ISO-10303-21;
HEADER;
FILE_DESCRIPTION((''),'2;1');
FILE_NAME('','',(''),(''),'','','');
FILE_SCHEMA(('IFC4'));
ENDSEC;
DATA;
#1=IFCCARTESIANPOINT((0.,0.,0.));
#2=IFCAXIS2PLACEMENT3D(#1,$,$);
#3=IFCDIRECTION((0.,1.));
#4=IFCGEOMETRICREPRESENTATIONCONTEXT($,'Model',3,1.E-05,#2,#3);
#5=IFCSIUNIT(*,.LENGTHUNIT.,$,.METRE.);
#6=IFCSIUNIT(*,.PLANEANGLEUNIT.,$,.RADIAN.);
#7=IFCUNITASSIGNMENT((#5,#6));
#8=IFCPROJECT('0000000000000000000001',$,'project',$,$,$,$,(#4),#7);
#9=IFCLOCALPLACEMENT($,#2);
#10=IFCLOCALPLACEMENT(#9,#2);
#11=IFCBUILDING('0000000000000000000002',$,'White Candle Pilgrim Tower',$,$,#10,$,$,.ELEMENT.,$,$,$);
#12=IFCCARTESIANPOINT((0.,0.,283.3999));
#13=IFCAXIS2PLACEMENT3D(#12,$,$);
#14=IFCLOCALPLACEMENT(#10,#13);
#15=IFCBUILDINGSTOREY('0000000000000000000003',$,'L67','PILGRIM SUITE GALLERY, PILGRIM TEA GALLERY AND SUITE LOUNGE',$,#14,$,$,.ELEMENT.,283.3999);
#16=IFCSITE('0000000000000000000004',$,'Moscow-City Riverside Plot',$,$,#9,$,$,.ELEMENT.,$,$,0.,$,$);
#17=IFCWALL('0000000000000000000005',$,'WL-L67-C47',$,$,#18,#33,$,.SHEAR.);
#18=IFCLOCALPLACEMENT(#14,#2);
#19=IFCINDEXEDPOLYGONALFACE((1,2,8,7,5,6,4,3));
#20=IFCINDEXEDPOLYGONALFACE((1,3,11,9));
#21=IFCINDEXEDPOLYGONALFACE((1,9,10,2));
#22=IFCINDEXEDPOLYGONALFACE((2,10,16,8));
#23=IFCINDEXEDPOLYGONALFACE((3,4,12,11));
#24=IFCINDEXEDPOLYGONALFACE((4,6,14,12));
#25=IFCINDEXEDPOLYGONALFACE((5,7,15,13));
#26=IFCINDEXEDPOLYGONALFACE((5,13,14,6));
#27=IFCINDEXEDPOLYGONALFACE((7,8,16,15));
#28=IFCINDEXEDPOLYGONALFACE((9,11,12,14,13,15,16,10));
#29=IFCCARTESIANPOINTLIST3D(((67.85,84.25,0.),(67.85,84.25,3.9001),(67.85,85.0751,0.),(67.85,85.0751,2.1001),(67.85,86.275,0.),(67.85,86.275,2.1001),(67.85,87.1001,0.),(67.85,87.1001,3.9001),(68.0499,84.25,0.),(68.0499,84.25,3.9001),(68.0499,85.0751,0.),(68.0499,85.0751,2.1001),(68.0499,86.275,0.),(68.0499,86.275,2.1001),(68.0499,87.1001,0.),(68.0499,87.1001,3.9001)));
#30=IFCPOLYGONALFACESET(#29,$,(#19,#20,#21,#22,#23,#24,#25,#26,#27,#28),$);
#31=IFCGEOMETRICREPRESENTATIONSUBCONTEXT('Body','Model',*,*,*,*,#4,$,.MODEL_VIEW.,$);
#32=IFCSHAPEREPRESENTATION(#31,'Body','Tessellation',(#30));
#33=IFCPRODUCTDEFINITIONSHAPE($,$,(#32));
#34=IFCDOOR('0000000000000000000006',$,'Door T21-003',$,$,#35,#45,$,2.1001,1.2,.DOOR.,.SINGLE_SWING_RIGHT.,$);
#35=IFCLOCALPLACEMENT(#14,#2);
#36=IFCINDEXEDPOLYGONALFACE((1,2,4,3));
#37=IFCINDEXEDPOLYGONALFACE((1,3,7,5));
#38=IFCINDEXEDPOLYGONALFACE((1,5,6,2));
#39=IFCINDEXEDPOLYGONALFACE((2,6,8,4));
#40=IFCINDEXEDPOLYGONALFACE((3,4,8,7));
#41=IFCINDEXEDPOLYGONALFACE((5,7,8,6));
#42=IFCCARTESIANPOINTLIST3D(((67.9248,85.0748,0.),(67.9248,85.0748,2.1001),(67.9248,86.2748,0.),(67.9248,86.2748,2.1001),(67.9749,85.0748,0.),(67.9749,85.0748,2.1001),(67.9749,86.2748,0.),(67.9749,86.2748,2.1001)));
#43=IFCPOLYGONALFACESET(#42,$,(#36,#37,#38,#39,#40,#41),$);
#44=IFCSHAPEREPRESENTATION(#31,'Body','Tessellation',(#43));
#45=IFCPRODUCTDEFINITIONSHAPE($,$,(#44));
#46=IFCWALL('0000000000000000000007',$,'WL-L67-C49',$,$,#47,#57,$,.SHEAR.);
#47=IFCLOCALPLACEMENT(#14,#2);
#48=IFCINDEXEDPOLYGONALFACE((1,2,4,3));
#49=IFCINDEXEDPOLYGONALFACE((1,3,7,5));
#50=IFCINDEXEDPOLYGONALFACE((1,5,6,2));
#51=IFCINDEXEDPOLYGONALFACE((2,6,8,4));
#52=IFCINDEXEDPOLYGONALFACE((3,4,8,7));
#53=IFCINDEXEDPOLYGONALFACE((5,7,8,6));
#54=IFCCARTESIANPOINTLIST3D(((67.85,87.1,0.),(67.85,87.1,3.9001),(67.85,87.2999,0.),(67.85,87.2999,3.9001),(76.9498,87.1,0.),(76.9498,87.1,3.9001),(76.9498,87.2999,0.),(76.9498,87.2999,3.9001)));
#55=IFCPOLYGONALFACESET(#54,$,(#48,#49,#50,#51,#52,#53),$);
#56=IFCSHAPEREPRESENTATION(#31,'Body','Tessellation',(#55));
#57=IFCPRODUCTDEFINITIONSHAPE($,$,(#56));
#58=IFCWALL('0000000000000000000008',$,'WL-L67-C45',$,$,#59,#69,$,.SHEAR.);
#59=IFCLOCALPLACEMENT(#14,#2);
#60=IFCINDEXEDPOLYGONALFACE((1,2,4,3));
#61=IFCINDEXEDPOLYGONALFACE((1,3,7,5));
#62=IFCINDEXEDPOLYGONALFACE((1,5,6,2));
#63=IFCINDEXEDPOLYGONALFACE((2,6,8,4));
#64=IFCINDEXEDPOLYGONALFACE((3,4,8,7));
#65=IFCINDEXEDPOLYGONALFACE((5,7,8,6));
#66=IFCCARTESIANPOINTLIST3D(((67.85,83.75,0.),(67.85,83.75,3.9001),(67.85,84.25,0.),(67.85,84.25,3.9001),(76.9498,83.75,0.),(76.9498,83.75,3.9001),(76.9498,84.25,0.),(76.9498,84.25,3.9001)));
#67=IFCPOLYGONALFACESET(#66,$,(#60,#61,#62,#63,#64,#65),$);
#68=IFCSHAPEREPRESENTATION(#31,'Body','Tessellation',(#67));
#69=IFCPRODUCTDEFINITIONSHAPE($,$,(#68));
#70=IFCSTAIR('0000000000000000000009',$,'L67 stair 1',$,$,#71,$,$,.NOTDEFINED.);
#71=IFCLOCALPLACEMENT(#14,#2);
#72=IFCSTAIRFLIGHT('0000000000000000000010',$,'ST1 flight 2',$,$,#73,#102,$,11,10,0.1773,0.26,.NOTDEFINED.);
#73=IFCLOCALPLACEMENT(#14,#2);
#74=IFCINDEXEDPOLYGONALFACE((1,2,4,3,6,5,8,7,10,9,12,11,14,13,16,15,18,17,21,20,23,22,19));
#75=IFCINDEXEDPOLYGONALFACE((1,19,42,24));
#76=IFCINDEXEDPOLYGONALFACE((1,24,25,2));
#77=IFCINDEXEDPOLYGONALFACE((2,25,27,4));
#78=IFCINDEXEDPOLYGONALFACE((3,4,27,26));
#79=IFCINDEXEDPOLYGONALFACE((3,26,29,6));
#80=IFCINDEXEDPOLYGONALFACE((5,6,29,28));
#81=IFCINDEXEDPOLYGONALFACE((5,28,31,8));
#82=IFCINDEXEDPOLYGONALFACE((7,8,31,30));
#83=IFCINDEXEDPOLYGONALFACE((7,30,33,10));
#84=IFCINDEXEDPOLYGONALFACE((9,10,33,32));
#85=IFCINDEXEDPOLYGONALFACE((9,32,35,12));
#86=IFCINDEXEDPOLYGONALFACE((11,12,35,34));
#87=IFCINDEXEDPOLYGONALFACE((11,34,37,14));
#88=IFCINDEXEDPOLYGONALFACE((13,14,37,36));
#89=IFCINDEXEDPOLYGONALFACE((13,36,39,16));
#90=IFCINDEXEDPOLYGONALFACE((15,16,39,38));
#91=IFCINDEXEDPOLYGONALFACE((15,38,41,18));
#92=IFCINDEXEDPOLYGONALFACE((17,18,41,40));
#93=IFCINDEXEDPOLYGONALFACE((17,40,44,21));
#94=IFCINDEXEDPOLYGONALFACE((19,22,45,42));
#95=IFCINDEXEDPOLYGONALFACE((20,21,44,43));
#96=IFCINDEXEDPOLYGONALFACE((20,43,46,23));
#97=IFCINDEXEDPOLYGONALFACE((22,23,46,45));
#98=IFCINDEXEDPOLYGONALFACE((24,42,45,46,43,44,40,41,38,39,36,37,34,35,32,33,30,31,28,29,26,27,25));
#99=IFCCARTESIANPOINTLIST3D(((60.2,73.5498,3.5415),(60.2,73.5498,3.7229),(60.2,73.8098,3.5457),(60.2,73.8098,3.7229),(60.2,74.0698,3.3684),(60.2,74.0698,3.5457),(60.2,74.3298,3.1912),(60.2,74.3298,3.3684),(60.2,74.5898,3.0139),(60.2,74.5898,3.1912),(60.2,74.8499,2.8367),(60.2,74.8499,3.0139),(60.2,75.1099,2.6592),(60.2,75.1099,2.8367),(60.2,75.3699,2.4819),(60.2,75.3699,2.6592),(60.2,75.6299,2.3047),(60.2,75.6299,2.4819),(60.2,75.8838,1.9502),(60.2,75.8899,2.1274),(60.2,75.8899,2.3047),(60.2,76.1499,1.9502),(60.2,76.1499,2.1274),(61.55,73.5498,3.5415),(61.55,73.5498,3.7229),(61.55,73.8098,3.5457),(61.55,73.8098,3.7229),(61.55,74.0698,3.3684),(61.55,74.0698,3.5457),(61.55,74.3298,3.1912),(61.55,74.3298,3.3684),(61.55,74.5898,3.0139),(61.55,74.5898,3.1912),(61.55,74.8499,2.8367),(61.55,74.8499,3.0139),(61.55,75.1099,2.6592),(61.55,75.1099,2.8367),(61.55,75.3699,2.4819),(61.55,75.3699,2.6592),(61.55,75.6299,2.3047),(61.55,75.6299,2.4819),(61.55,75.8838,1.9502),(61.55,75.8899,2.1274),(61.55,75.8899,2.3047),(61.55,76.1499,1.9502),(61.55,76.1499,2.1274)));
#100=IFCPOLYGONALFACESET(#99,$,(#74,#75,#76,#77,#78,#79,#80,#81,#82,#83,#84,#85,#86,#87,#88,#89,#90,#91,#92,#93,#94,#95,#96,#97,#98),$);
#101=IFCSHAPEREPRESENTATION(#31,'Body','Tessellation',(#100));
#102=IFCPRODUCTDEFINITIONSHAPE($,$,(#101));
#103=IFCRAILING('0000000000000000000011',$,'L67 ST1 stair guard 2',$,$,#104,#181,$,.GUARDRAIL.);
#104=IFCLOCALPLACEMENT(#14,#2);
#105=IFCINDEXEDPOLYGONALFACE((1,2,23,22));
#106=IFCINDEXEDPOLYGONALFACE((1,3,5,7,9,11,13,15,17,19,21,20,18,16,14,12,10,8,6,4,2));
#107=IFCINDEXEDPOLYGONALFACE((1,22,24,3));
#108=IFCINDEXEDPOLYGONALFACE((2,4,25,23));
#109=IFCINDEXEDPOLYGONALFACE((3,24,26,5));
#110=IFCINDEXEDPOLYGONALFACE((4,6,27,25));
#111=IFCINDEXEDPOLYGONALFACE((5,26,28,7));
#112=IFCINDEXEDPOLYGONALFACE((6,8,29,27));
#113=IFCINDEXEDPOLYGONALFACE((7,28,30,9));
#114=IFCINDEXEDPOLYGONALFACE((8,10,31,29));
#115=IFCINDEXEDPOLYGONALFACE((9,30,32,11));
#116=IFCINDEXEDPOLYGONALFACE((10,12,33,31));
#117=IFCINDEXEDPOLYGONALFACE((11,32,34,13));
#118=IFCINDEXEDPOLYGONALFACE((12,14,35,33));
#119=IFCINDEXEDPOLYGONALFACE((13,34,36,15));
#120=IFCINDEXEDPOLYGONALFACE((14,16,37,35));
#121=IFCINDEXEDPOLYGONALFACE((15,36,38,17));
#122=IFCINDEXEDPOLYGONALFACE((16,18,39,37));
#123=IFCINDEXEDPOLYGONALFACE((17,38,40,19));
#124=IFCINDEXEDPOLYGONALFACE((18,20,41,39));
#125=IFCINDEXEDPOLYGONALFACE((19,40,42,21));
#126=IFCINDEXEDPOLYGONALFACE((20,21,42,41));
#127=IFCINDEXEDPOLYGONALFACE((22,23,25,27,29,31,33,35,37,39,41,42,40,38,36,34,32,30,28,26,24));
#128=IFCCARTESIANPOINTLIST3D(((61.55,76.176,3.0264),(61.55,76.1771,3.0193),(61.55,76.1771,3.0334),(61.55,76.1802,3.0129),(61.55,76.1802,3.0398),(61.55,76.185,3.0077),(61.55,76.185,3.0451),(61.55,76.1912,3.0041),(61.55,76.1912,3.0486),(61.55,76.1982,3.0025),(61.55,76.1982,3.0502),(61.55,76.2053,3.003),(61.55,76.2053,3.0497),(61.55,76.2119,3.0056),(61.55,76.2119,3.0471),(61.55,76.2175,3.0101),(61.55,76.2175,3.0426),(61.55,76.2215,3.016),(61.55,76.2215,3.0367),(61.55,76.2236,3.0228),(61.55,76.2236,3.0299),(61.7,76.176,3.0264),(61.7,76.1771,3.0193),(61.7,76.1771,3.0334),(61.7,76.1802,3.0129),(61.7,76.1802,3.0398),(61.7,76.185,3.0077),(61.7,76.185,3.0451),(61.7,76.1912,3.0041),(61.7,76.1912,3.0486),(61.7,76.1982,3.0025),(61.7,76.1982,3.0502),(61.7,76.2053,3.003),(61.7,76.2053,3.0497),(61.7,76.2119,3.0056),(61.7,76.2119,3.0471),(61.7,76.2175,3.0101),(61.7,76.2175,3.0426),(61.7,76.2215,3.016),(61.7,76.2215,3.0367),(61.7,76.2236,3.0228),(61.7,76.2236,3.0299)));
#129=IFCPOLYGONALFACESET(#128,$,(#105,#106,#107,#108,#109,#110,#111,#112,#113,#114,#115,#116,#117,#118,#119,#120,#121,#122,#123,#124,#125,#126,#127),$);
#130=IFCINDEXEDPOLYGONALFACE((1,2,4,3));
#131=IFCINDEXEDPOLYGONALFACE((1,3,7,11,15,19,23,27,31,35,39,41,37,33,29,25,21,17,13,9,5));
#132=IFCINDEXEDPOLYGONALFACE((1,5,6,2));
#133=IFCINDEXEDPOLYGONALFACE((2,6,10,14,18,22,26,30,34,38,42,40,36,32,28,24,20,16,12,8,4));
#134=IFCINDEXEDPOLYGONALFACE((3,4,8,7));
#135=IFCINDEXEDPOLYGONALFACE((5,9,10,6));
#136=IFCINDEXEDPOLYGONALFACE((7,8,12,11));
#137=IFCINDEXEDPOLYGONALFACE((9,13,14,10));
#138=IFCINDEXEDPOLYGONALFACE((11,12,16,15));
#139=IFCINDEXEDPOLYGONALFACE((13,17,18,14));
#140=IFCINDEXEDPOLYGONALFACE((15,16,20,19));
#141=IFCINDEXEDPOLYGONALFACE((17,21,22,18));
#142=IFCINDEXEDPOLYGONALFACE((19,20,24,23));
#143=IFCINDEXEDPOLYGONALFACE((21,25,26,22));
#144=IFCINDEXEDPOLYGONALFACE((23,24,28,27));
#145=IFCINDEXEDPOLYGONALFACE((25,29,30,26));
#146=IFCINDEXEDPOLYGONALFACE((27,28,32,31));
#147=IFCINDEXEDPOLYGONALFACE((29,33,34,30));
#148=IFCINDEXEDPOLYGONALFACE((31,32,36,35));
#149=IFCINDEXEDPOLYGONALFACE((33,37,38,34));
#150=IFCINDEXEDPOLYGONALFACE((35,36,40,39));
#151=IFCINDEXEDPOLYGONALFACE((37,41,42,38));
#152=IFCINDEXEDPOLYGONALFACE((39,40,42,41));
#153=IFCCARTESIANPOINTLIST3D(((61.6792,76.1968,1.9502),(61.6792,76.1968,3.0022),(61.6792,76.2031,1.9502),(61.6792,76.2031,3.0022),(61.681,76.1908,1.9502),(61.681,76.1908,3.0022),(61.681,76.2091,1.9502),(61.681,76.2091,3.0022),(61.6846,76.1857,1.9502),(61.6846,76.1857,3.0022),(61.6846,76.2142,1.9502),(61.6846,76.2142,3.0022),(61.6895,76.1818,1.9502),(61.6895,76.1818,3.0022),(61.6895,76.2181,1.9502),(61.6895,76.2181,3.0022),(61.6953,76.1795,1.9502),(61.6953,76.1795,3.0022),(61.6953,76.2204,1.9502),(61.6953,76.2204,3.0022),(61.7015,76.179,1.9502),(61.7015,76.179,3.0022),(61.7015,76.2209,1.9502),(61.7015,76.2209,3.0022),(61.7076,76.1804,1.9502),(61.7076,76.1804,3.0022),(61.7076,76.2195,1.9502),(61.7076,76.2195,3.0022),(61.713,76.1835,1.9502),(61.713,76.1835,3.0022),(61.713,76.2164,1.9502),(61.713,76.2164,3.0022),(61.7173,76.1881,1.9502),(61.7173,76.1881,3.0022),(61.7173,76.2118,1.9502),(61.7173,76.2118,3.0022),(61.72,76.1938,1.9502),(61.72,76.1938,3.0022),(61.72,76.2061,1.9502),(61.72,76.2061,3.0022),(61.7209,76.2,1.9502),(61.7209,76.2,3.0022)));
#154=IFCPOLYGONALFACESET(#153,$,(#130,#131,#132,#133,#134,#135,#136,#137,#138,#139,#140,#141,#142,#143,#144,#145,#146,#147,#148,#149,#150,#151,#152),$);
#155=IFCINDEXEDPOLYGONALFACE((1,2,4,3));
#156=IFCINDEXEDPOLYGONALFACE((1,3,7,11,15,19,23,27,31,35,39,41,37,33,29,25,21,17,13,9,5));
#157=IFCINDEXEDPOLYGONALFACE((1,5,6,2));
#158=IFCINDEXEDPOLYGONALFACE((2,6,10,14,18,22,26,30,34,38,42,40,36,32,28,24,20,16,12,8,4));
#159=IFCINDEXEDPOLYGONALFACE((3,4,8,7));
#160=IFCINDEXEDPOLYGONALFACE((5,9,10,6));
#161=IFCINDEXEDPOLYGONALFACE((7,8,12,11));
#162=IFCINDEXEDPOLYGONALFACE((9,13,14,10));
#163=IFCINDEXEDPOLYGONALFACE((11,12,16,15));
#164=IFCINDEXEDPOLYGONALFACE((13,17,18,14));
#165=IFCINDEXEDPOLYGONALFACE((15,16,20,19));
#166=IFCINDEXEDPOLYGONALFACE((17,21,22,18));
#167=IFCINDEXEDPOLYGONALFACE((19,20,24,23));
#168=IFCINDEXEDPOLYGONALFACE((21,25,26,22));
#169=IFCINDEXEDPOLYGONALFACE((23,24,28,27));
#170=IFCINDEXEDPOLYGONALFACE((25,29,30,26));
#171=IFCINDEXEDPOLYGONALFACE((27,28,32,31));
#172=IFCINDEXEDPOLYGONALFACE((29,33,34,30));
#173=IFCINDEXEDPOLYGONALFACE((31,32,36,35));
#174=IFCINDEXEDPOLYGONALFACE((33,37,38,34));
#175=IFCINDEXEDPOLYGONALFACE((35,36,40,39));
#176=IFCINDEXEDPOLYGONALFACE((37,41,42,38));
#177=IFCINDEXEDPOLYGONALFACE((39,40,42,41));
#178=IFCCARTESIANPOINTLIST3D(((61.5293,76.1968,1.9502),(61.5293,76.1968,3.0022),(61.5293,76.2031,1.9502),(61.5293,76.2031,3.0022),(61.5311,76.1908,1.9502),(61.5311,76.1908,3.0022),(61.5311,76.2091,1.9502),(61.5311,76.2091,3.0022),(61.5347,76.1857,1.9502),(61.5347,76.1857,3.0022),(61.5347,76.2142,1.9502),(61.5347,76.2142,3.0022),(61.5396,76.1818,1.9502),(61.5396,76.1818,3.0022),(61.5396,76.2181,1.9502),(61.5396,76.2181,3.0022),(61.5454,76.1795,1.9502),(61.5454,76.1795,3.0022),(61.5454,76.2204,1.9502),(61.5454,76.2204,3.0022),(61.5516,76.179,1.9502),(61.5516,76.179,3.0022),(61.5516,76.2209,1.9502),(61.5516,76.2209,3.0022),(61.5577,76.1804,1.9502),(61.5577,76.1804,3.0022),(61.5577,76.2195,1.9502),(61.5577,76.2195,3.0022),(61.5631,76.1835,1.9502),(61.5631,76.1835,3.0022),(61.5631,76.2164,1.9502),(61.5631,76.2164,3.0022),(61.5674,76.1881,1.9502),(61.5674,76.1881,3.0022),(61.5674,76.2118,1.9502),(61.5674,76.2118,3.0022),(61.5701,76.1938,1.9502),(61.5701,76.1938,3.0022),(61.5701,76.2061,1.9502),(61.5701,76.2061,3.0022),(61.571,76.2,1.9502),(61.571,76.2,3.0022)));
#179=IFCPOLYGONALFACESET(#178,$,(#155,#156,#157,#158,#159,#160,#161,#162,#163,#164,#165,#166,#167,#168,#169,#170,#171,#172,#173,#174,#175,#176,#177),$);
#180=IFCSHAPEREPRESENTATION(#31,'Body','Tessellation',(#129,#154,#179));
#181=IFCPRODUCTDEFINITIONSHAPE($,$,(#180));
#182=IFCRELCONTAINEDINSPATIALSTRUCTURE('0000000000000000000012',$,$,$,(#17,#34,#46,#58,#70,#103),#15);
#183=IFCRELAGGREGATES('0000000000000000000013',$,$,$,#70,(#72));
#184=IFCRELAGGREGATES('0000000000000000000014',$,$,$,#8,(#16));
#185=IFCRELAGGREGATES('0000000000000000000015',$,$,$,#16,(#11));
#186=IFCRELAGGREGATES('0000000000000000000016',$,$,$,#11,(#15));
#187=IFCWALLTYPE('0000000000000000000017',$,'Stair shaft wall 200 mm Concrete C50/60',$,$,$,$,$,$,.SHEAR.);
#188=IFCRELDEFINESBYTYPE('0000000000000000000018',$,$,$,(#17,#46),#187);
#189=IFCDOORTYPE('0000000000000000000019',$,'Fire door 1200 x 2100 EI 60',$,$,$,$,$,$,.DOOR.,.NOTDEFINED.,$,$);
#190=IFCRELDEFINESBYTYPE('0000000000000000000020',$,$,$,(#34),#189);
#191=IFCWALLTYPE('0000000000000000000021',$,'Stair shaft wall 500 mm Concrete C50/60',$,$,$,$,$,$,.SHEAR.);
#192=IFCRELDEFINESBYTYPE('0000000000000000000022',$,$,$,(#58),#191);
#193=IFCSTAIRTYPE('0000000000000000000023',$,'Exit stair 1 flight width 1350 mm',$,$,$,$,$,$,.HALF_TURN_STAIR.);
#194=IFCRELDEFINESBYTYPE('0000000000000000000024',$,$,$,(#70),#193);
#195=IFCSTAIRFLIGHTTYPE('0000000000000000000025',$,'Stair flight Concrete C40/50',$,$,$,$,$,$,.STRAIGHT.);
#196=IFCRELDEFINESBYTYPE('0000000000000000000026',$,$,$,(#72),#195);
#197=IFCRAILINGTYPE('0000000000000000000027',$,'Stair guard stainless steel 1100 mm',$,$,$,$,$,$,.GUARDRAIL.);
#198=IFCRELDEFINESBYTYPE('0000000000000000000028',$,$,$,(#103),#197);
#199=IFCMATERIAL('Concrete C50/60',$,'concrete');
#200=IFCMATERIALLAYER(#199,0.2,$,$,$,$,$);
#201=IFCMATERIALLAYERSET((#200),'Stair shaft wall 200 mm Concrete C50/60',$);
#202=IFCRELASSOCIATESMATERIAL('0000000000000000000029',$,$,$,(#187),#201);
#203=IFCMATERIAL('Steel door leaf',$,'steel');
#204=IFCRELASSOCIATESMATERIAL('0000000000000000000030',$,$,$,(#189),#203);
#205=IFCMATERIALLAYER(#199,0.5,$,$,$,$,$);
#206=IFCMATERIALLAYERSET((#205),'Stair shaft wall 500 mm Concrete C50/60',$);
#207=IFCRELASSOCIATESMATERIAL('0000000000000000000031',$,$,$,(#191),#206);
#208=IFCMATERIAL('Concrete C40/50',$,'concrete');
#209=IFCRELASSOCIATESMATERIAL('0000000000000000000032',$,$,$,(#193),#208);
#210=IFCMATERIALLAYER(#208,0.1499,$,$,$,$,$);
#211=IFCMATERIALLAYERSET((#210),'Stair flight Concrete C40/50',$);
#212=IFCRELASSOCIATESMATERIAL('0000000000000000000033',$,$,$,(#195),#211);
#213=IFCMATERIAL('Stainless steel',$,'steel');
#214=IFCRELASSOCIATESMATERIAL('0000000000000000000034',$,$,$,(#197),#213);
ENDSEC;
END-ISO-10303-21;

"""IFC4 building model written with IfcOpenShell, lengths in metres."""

from ifc_helpers import new_model, si_unit, direction, frame, frame_2d, origin, origin_2d, place, context, subcontext, project, spatial, polyline, rectangle, circle, outline, extrude, material, layer, layer_set, type_object, element, fill, aggregate, save


model = new_model("IFC4")

# Units and contexts
model_context = context("Model", 3, precision=1e-05, world=origin(), true_north=direction((0.0, 1.0)))
body_context = subcontext(model_context, "Body", "Model", "MODEL_VIEW")
ifc_project = project(units=[si_unit("LENGTHUNIT", "METRE"), si_unit("PLANEANGLEUNIT", "RADIAN")], contexts=[model_context])

# Site, building, storey
site_placement = place(None, origin())
site = spatial("IfcSite", under=ifc_project, at=site_placement, Name="Moscow-City Riverside Plot", CompositionType="ELEMENT", RefElevation=0.0)
building_placement = place(site_placement, origin())
building = spatial("IfcBuilding", under=site, at=building_placement, Name="White Candle Pilgrim Tower", CompositionType="ELEMENT")
storey_placement = place(building_placement, frame((0.0, 0.0, 283.3999)))
storey = spatial("IfcBuildingStorey", under=building, at=storey_placement, Name="L67", Description="PILGRIM SUITE GALLERY, PILGRIM TEA GALLERY AND SUITE LOUNGE", CompositionType="ELEMENT", Elevation=283.3999)

# Shared definitions
ifc_material_1 = material(Name="Concrete C50/60", Category="concrete")

# Shared definitions
ifc_material_2 = material(Name="Steel door leaf", Category="steel")

# Shared definitions
ifc_layer_1 = layer(ifc_material_1, 0.2)
ifc_layer_set_1 = layer_set([ifc_layer_1], Name="Stair shaft wall 200 mm Concrete C50/60")
wall_type_1 = type_object("IfcWallType", Name="Stair shaft wall 200 mm Concrete C50/60", PredefinedType="SHEAR", material=ifc_layer_set_1)
ifc_material_3 = material(Name="Stainless steel", Category="steel")

# Wall, opening, door
wall_1_placement = place(storey_placement, frame((67.95, 84.25, 0.0), z_axis=(0.0, 0.0, 1.0), x_axis=(0.0, 1.0, 0.0)))
wall_1 = element("IfcWall", 1, at=wall_1_placement, inside=storey, type_object=wall_type_1, Name="WL-L67-C47", PredefinedType="SHEAR", context=body_context, shape_type="SweptSolid", body=[
    extrude(rectangle(XDim=2.8501, YDim=0.2, at=frame_2d((1.425, 0.0))), origin(), (0.0, 0.0, 1.0), 3.9001),
])
opening_1_placement = place(wall_1_placement, frame((0.825, 0.0, 0.0)))
opening_1 = element("IfcOpeningElement", 2, at=opening_1_placement, cuts=wall_1, PredefinedType="OPENING", context=body_context, shape_type="SweptSolid", body=[
    extrude(rectangle(XDim=1.2, YDim=2.1001, at=frame_2d((0.6001, 1.05))), frame((0.0, 0.1099, 0.0), z_axis=(0.0, -1.0, 0.0), x_axis=(1.0, 0.0, 0.0)), (0.0, 0.0, 1.0), 0.22),
])
door_type_1 = type_object("IfcDoorType", Name="Fire door 1200 x 2100 EI 60", OperationType="NOTDEFINED", PredefinedType="DOOR", material=ifc_material_2)
door_1_placement = place(opening_1_placement, frame((1.2, 0.0, 0.0), z_axis=(0.0, 0.0, 1.0), x_axis=(-1.0, 0.0, 0.0)))
door_1 = element("IfcDoor", 3, at=door_1_placement, inside=storey, type_object=door_type_1, Name="Door T21-003", OperationType="SINGLE_SWING_RIGHT", OverallHeight=2.1001, OverallWidth=1.2, PredefinedType="DOOR", context=body_context, shape_type="SweptSolid", body=[
    extrude(rectangle(XDim=1.2, YDim=2.1001, at=frame_2d((0.6001, 1.05))), frame((0.0, 0.0249, 0.0), z_axis=(0.0, -1.0, 0.0), x_axis=(1.0, 0.0, 0.0)), (0.0, 0.0, 1.0), 0.05),
])
fill(opening_1, door_1)

# Walls
wall_2_placement = place(storey_placement, frame((67.8501, 87.2, 0.0), z_axis=(0.0, 0.0, 1.0), x_axis=(1.0, 0.0, 0.0)))
element("IfcWall", 4, at=wall_2_placement, inside=storey, type_object=wall_type_1, Name="WL-L67-C49", PredefinedType="SHEAR", context=body_context, shape_type="SweptSolid", body=[
    extrude(rectangle(XDim=9.0999, YDim=0.2, at=frame_2d((4.5498, 0.0))), origin(), (0.0, 0.0, 1.0), 3.9001),
])
ifc_layer_2 = layer(ifc_material_1, 0.5)
ifc_layer_set_2 = layer_set([ifc_layer_2], Name="Stair shaft wall 500 mm Concrete C50/60")
wall_type_2 = type_object("IfcWallType", Name="Stair shaft wall 500 mm Concrete C50/60", PredefinedType="SHEAR", material=ifc_layer_set_2)
wall_3_placement = place(storey_placement, frame((67.8501, 84.0, 0.0), z_axis=(0.0, 0.0, 1.0), x_axis=(1.0, 0.0, 0.0)))
element("IfcWall", 5, at=wall_3_placement, inside=storey, type_object=wall_type_2, Name="WL-L67-C45", PredefinedType="SHEAR", context=body_context, shape_type="SweptSolid", body=[
    extrude(rectangle(XDim=9.0999, YDim=0.5, at=frame_2d((4.5498, 0.0))), origin(), (0.0, 0.0, 1.0), 3.9001),
])

# Stair, stair flight
ifc_material_4 = material(Name="Concrete C40/50", Category="concrete")
stair_type = type_object("IfcStairType", Name="Exit stair 1 flight width 1350 mm", PredefinedType="HALF_TURN_STAIR", material=ifc_material_4)
stair_placement = place(storey_placement, origin())
stair = element("IfcStair", 6, at=stair_placement, inside=storey, type_object=stair_type, Name="L67 stair 1", PredefinedType="NOTDEFINED")
ifc_layer_3 = layer(ifc_material_4, 0.1499)
ifc_layer_set_3 = layer_set([ifc_layer_3], Name="Stair flight Concrete C40/50")
stair_flight_type = type_object("IfcStairFlightType", Name="Stair flight Concrete C40/50", PredefinedType="STRAIGHT", material=ifc_layer_set_3)
stair_flight_placement = place(storey_placement, frame((60.875, 76.1499, 1.9502), z_axis=(0.0, 0.0, 1.0), x_axis=(0.0, -1.0, 0.0)))
stair_flight = element("IfcStairFlight", 7, at=stair_flight_placement, type_object=stair_flight_type, Name="ST1 flight 2", NumberOfRisers=11, NumberOfTreads=10, PredefinedType="NOTDEFINED", RiserHeight=0.1773, TreadLength=0.26, context=body_context, shape_type="SweptSolid", body=[
    extrude(outline(polyline([(0.0, 0.0), (0.0, 0.1772), (0.26, 0.1772), (0.26, 0.3545), (0.52, 0.3545), (0.52, 0.5317), (0.78, 0.5317), (0.78, 0.709), (1.04, 0.709), (1.04, 0.8865), (1.3, 0.8865), (1.3, 1.0637), (1.5601, 1.0637), (1.5601, 1.241), (1.8201, 1.241), (1.8201, 1.4182), (2.0801, 1.4182), (2.0801, 1.5955), (2.3401, 1.5955), (2.3401, 1.7727), (2.6001, 1.7727), (2.6001, 1.95), (2.6001, 1.5913), (0.2661, 0.0), (0.0, 0.0)])), frame((0.0, 0.675, 0.0), z_axis=(0.0, -1.0, 0.0), x_axis=(1.0, 0.0, 0.0)), (0.0, 0.0, 1.0), 1.3501),
])
aggregate(stair, [stair_flight])

# Railing
railing_type = type_object("IfcRailingType", Name="Stair guard stainless steel 1100 mm", PredefinedType="GUARDRAIL", material=ifc_material_3)
railing_1_placement = place(storey_placement, frame((61.7, 76.2, 1.9502)))
element("IfcRailing", 8, at=railing_1_placement, inside=storey, type_object=railing_type, Name="L67 ST1 stair guard 2", PredefinedType="GUARDRAIL", context=body_context, shape_type="SweptSolid", body=[
    extrude(circle(Radius=0.0239, at=origin_2d()), frame((0.0, 0.0, 1.0762), z_axis=(-1.0, 0.0, 0.0), x_axis=(0.0, -1.0, 0.0)), (0.0, 0.0, 1.0), 0.1499),
    extrude(circle(Radius=0.021, at=origin_2d()), origin(), (0.0, 0.0, 1.0), 1.052),
    extrude(circle(Radius=0.021, at=origin_2d()), frame((-0.1499, 0.0, 0.0)), (0.0, 0.0, 1.0), 1.052),
])

save(model, "model.ifc")
